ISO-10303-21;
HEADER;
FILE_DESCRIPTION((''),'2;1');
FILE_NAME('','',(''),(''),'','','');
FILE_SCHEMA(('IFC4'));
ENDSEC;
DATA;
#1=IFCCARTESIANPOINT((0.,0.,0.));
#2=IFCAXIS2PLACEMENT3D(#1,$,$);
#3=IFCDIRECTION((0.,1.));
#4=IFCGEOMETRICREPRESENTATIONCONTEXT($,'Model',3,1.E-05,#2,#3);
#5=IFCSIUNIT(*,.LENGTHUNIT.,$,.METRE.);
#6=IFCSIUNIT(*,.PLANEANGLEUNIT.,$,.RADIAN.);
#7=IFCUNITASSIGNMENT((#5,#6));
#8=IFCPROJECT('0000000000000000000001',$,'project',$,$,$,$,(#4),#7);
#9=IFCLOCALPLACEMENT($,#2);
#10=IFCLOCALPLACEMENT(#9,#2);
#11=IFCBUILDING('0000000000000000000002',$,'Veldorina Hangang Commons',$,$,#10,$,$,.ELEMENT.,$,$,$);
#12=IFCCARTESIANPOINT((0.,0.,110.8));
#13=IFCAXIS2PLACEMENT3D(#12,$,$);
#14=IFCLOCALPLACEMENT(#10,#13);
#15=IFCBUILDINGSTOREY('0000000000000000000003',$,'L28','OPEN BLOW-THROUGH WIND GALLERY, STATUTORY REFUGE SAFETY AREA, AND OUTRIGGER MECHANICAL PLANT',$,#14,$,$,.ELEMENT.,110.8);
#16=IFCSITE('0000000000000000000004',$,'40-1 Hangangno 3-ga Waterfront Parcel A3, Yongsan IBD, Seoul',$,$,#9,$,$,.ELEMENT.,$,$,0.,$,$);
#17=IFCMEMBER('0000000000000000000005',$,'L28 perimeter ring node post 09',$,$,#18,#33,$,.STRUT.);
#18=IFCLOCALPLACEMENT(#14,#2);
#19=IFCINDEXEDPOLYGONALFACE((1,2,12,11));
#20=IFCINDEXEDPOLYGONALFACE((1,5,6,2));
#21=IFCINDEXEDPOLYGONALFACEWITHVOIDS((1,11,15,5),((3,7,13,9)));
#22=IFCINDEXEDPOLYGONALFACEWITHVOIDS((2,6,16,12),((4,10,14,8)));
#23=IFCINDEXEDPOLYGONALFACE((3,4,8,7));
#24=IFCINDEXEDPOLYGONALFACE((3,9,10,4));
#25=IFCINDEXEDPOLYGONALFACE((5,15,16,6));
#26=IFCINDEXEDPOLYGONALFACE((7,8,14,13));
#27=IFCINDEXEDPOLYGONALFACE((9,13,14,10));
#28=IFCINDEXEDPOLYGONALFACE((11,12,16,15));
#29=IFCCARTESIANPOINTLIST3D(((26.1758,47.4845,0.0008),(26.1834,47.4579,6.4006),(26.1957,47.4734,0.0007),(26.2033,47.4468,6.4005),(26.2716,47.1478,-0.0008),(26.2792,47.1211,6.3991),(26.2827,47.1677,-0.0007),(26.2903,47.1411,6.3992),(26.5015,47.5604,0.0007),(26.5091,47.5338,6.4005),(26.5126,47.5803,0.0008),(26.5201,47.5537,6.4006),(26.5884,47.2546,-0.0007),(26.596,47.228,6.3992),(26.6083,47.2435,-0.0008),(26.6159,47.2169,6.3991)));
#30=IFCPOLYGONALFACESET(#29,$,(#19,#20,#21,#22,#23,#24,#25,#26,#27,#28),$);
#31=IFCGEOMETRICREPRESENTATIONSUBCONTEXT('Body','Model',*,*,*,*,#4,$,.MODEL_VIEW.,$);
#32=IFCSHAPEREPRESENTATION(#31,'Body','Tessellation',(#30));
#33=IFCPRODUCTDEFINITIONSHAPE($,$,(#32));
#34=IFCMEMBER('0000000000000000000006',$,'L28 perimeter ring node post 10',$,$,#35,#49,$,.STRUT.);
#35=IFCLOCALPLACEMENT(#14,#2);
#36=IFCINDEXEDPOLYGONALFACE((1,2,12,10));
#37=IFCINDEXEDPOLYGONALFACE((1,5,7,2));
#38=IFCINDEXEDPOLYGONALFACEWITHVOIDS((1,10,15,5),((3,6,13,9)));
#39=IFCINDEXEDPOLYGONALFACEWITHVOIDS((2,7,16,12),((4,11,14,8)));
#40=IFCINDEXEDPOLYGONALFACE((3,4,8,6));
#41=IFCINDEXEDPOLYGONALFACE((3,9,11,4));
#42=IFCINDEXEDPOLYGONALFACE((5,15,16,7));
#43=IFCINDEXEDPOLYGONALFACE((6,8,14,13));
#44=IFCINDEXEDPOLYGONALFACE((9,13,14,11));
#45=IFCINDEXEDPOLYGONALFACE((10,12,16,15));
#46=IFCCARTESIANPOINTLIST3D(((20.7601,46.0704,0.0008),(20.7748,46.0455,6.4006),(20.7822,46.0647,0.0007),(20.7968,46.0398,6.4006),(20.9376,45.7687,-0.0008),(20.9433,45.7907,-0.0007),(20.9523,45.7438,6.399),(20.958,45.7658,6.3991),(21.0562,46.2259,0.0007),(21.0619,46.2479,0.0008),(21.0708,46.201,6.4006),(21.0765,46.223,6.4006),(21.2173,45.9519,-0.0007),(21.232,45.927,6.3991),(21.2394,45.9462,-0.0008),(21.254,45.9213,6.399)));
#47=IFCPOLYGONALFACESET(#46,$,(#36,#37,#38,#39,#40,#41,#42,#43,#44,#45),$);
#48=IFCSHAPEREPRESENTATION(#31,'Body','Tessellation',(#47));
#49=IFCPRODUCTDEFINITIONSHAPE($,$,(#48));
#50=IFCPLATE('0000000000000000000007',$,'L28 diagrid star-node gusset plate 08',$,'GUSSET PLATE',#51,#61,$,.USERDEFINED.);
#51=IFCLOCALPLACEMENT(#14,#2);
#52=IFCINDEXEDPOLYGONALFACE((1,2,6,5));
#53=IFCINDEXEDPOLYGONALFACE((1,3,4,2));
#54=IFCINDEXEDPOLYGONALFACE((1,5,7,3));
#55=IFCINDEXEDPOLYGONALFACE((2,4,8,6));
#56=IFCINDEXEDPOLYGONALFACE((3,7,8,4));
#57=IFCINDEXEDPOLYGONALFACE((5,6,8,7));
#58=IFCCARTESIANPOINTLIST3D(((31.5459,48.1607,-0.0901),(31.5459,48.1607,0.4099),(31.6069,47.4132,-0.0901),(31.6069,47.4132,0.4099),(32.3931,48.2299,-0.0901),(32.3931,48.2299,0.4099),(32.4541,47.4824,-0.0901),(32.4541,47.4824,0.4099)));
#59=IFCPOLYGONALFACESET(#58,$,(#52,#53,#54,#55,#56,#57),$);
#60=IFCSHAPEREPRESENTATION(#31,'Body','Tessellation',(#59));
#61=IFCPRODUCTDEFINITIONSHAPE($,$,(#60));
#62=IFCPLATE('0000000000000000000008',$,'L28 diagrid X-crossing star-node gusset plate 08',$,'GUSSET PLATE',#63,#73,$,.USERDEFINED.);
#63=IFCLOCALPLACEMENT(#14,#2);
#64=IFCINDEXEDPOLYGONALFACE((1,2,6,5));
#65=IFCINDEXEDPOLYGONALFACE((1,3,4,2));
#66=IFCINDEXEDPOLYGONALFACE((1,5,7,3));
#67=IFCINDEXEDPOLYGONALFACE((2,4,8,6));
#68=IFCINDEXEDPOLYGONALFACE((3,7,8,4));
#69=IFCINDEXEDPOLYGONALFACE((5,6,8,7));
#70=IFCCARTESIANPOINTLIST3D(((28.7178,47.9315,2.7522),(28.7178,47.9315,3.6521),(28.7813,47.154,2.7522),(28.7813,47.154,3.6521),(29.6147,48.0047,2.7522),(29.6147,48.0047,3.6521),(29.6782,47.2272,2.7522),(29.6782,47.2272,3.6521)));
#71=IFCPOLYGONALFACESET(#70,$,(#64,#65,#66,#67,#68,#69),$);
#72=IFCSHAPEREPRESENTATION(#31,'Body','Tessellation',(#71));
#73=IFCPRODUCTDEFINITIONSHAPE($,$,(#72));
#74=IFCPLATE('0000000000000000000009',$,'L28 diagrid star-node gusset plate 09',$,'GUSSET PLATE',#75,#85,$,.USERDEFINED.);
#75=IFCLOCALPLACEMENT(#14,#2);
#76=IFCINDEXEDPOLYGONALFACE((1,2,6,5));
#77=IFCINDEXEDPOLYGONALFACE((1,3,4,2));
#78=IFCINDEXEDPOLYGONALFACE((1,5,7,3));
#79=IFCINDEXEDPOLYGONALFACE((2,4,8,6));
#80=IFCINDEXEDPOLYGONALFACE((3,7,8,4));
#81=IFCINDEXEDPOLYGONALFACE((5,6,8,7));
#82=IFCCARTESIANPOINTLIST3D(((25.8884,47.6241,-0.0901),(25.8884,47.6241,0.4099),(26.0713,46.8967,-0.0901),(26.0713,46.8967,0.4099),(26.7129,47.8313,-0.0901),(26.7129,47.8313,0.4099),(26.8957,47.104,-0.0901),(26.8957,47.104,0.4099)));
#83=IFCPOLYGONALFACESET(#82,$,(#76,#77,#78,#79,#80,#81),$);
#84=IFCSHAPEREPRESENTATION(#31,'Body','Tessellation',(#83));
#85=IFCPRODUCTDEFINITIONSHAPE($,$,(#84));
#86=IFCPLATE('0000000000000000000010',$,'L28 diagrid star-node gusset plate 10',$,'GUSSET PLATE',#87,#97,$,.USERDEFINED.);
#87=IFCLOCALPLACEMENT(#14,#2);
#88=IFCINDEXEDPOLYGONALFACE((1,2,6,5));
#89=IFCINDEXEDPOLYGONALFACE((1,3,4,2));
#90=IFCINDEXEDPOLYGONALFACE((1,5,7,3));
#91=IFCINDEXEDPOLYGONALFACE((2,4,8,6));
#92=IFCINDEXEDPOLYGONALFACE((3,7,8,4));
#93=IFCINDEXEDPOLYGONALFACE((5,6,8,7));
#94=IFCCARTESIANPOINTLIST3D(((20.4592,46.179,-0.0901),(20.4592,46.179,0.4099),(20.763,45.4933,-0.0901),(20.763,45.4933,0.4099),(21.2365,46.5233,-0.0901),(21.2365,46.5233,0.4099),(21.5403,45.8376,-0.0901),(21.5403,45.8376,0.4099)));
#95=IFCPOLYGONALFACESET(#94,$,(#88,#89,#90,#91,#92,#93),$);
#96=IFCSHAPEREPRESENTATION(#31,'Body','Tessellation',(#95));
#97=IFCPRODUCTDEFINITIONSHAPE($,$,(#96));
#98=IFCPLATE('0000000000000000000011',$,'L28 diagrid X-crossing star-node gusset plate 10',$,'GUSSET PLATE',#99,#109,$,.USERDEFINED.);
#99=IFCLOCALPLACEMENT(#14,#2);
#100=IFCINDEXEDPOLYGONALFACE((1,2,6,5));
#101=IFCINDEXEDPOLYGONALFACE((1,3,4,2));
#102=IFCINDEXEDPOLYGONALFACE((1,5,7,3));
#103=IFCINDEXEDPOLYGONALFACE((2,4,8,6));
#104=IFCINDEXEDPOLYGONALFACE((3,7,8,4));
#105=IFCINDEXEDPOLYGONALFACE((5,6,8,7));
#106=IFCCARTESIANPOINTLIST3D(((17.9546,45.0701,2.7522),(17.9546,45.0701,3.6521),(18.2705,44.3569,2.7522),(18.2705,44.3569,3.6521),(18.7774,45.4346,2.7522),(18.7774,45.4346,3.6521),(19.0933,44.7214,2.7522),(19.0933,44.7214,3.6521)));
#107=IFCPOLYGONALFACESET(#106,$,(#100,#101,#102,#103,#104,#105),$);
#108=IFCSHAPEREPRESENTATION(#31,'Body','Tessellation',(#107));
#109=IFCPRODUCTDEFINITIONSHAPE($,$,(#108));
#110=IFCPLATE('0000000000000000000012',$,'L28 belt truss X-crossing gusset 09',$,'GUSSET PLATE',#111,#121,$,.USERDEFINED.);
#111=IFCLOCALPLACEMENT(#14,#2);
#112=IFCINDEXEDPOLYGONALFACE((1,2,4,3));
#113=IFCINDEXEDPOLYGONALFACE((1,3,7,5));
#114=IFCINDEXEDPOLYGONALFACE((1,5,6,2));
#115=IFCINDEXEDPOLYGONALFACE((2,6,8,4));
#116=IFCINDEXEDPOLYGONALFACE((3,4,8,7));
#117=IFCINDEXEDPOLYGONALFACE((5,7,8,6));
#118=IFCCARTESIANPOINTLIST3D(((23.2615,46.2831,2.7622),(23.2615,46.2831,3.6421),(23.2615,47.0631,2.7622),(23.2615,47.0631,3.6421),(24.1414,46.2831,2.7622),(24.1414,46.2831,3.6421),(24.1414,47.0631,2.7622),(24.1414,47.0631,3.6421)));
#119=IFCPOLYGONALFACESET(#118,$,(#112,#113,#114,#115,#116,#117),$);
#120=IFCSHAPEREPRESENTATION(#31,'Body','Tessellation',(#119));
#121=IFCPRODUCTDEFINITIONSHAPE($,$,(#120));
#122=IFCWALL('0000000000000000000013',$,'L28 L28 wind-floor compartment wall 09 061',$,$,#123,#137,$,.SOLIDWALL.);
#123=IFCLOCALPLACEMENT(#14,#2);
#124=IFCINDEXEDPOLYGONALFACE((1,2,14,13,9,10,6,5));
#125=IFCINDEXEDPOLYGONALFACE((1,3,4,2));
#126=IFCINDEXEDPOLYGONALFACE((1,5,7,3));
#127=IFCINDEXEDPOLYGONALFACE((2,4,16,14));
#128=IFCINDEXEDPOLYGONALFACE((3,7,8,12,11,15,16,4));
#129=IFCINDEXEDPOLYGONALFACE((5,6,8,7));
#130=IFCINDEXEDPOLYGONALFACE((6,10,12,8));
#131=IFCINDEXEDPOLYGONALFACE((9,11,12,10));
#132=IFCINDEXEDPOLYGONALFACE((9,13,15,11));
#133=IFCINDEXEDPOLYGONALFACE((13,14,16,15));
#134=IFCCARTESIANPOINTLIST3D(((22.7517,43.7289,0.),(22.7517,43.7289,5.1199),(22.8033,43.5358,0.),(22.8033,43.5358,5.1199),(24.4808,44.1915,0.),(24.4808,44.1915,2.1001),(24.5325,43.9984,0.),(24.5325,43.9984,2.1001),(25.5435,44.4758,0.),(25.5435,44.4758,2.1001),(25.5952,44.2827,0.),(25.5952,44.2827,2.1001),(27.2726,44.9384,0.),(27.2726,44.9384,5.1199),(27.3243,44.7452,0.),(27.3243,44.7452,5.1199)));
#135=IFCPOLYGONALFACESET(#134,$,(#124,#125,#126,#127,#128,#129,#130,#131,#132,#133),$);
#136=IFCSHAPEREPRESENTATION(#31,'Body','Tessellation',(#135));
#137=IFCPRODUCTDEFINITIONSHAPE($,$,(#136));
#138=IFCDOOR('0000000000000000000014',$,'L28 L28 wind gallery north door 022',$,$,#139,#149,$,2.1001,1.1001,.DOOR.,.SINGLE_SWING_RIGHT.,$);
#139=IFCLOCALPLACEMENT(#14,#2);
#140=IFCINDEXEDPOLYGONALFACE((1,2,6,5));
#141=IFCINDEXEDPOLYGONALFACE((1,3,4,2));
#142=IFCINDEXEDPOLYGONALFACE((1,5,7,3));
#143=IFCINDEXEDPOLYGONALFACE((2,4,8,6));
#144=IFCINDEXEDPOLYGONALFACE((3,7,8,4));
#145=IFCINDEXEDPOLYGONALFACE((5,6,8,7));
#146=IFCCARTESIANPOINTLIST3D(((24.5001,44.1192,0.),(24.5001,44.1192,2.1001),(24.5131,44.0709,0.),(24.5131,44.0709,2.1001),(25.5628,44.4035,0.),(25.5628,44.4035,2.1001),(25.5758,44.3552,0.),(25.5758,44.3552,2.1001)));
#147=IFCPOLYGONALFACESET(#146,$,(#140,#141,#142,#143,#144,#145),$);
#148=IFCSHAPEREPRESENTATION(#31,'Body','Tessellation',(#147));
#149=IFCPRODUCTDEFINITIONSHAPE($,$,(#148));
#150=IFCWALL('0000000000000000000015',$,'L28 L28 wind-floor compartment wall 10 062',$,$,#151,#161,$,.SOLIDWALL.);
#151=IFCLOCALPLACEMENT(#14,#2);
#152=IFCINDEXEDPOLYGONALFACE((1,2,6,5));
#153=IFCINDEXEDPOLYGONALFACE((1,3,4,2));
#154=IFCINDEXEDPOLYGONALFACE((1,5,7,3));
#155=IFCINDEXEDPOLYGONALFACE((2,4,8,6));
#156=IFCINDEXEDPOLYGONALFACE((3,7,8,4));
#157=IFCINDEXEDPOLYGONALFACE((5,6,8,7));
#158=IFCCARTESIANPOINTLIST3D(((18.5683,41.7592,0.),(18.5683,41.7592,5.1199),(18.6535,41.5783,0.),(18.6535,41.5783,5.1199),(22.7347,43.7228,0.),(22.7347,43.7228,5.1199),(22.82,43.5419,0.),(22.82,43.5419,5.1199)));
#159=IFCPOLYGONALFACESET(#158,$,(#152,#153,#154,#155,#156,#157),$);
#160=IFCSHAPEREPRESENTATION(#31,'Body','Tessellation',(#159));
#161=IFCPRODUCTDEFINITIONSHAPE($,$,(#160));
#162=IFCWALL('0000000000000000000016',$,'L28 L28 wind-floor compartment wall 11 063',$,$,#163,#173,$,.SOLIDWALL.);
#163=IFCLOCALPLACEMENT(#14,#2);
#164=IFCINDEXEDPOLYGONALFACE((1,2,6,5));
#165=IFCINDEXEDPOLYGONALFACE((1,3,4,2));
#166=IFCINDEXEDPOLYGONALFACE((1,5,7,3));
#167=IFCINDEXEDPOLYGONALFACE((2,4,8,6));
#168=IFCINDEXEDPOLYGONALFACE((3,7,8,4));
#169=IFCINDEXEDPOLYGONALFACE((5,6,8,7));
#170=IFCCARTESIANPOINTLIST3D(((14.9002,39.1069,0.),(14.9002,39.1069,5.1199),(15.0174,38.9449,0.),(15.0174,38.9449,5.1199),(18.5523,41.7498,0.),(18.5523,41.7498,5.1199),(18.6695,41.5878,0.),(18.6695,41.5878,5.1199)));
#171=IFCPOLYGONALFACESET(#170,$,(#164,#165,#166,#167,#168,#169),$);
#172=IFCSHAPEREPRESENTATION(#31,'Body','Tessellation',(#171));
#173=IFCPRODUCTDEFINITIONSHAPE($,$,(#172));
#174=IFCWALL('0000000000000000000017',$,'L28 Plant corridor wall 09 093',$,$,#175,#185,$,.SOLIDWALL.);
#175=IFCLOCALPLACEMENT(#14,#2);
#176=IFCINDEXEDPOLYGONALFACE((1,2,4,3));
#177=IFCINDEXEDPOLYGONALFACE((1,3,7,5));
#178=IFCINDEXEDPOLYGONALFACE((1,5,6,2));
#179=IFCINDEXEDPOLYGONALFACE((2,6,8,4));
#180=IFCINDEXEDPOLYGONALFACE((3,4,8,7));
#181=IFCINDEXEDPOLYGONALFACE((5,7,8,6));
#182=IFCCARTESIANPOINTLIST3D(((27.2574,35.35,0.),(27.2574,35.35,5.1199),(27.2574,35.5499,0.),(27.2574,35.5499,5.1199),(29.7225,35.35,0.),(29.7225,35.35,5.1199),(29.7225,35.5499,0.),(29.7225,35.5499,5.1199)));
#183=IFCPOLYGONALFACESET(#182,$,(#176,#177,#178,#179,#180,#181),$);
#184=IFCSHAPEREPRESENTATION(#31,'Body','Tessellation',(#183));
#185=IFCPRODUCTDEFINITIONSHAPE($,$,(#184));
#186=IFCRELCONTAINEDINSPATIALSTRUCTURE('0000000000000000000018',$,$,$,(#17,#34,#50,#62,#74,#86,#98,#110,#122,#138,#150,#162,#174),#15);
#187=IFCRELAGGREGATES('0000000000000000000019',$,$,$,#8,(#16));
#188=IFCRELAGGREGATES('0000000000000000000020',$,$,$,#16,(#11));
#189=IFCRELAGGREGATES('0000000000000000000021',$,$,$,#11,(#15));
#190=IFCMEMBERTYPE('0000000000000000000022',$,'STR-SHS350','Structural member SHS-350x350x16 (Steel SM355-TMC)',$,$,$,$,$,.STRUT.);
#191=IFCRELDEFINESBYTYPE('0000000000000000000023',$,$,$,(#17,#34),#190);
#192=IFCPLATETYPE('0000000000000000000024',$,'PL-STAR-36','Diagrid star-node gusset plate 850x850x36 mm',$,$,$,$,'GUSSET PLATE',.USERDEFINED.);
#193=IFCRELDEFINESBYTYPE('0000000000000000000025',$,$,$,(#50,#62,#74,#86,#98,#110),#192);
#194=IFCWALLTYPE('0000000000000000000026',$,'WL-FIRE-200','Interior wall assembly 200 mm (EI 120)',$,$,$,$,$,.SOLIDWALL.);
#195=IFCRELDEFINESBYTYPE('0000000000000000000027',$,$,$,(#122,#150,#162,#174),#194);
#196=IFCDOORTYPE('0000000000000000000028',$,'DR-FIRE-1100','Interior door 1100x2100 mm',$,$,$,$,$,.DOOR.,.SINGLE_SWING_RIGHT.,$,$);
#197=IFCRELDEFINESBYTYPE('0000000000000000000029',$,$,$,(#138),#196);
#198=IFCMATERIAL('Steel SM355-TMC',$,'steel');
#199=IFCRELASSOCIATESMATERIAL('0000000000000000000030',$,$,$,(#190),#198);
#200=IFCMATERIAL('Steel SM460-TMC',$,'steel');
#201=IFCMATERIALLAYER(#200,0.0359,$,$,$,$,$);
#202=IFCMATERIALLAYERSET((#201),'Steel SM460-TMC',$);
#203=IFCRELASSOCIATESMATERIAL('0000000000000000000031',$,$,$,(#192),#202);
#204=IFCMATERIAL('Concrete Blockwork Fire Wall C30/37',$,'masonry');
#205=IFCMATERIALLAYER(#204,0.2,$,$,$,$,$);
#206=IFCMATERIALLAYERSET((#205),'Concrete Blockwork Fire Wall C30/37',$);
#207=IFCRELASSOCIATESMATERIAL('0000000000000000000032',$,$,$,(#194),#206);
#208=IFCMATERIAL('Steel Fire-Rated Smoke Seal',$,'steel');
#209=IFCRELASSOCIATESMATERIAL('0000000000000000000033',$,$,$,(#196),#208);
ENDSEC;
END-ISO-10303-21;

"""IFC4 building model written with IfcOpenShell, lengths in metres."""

from ifc_helpers import new_model, si_unit, direction, frame, frame_2d, origin, origin_2d, place, context, subcontext, project, spatial, rectangle, hollow_rectangle, extrude, material, layer, layer_set, material_profile, profile_set, type_object, element, fill, save


model = new_model("IFC4")

# Units and contexts
model_context = context("Model", 3, precision=1e-05, world=origin(), true_north=direction((0.0, 1.0)))
body_context = subcontext(model_context, "Body", "Model", "MODEL_VIEW")
ifc_project = project(units=[si_unit("LENGTHUNIT", "METRE"), si_unit("PLANEANGLEUNIT", "RADIAN")], contexts=[model_context])

# Site, building, storey
site_placement = place(None, origin())
site = spatial("IfcSite", under=ifc_project, at=site_placement, Name="40-1 Hangangno 3-ga Waterfront Parcel A3, Yongsan IBD, Seoul", CompositionType="ELEMENT", RefElevation=0.0)
building_placement = place(site_placement, origin())
building = spatial("IfcBuilding", under=site, at=building_placement, Name="Veldorina Hangang Commons", CompositionType="ELEMENT")
storey_placement = place(building_placement, frame((0.0, 0.0, 110.8)))
storey = spatial("IfcBuildingStorey", under=building, at=storey_placement, Name="L28", Description="OPEN BLOW-THROUGH WIND GALLERY, STATUTORY REFUGE SAFETY AREA, AND OUTRIGGER MECHANICAL PLANT", CompositionType="ELEMENT", Elevation=110.8)

# Shared definitions
ifc_material_1 = material(Name="Steel SM460-TMC", Category="steel")

# Members
ifc_material_2 = material(Name="Steel SM355-TMC", Category="steel")
ifc_material_profile_1 = material_profile(ifc_material_2, hollow_rectangle(XDim=0.3501, YDim=0.3501, WallThickness=0.0161, at=origin_2d()), Name="SHS-350x350x16")
ifc_profile_set_1 = profile_set([ifc_material_profile_1], Name="Steel SM355-TMC")
member_type_1 = type_object("IfcMemberType", Name="STR-SHS350", Description="Structural member SHS-350x350x16 (Steel SM355-TMC)", PredefinedType="STRUT", material=ifc_profile_set_1)
for number, where, z_axis, x_axis, name in (
    (1, (26.3921, 47.364, 0.0), (0.001183, -0.004158, 0.999991), (0.961856, 0.273555, 0.0), "L28 perimeter ring node post 09"),
    (2, (20.9998, 46.0083, 0.0), (0.002289, -0.003891, 0.99999), (0.861934, 0.50702, 0.0), "L28 perimeter ring node post 10"),
):
    element("IfcMember", number, at=place(storey_placement, frame(where, z_axis=z_axis, x_axis=x_axis)), inside=storey, type_object=member_type_1, Name=name, PredefinedType="STRUT", context=body_context, shape_type="SweptSolid", body=[
        extrude(hollow_rectangle(XDim=0.3501, YDim=0.3501, WallThickness=0.0161, at=origin_2d()), origin(), (0.0, 0.0, 1.0), 6.3999),
    ])

# Plates
ifc_layer_1 = layer(ifc_material_1, 0.0359)
ifc_layer_set_1 = layer_set([ifc_layer_1], Name="Steel SM460-TMC")
plate_type = type_object("IfcPlateType", Name="PL-STAR-36", Description="Diagrid star-node gusset plate 850x850x36 mm", ElementType="GUSSET PLATE", PredefinedType="USERDEFINED", material=ifc_layer_set_1)
plate_1_placement = place(storey_placement, frame((32.0, 47.8215, -0.0901), z_axis=(0.0, 0.0, 1.0), x_axis=(-0.996686, -0.081347, 0.0)))
element("IfcPlate", 3, at=plate_1_placement, inside=storey, type_object=plate_type, Name="L28 diagrid star-node gusset plate 08", ObjectType="GUSSET PLATE", PredefinedType="USERDEFINED", context=body_context, shape_type="SweptSolid", body=[
    extrude(rectangle(XDim=0.8501, YDim=0.75, at=origin_2d()), origin(), (0.0, 0.0, 1.0), 0.5),
])
plate_2_placement = place(storey_placement, frame((29.198, 47.5793, 2.7522), z_axis=(0.0, 0.0, 1.0), x_axis=(-0.996686, -0.081347, 0.0)))
element("IfcPlate", 4, at=plate_2_placement, inside=storey, type_object=plate_type, Name="L28 diagrid X-crossing star-node gusset plate 08", ObjectType="GUSSET PLATE", PredefinedType="USERDEFINED", context=body_context, shape_type="SweptSolid", body=[
    extrude(rectangle(XDim=0.8999, YDim=0.78, at=origin_2d()), origin(), (0.0, 0.0, 1.0), 0.8999),
])
for number, where, z_axis, x_axis, name in (
    (5, (26.3921, 47.364, -0.0901), (0.0, 0.0, 1.0), (-0.969825, -0.243801, 0.0), "L28 diagrid star-node gusset plate 09"),
    (6, (20.9998, 46.0083, -0.0901), (0.0, 0.0, 1.0), (-0.914311, -0.405014, 0.0), "L28 diagrid star-node gusset plate 10"),
):
    element("IfcPlate", number, at=place(storey_placement, frame(where, z_axis=z_axis, x_axis=x_axis)), inside=storey, type_object=plate_type, Name=name, ObjectType="GUSSET PLATE", PredefinedType="USERDEFINED", context=body_context, shape_type="SweptSolid", body=[
        extrude(rectangle(XDim=0.8501, YDim=0.75, at=origin_2d()), origin(), (0.0, 0.0, 1.0), 0.5),
    ])
plate_3_placement = place(storey_placement, frame((18.5239, 44.8958, 2.7522), z_axis=(0.0, 0.0, 1.0), x_axis=(-0.914311, -0.405014, 0.0)))
element("IfcPlate", 7, at=plate_3_placement, inside=storey, type_object=plate_type, Name="L28 diagrid X-crossing star-node gusset plate 10", ObjectType="GUSSET PLATE", PredefinedType="USERDEFINED", context=body_context, shape_type="SweptSolid", body=[
    extrude(rectangle(XDim=0.8999, YDim=0.78, at=origin_2d()), origin(), (0.0, 0.0, 1.0), 0.8999),
])
plate_4_placement = place(storey_placement, frame((23.7014, 46.6731, 2.7622), z_axis=(0.0, 0.0, 1.0), x_axis=(1.0, 0.0, 0.0)))
element("IfcPlate", 8, at=plate_4_placement, inside=storey, type_object=plate_type, Name="L28 belt truss X-crossing gusset 09", ObjectType="GUSSET PLATE", PredefinedType="USERDEFINED", context=body_context, shape_type="SweptSolid", body=[
    extrude(rectangle(XDim=0.8799, YDim=0.78, at=origin_2d()), origin(), (0.0, 0.0, 1.0), 0.8799),
])

# Wall, opening, door
ifc_material_3 = material(Name="Concrete Blockwork Fire Wall C30/37", Category="masonry")
ifc_layer_2 = layer(ifc_material_3, 0.2)
ifc_layer_set_2 = layer_set([ifc_layer_2], Name="Concrete Blockwork Fire Wall C30/37")
wall_type = type_object("IfcWallType", Name="WL-FIRE-200", Description="Interior wall assembly 200 mm (EI 120)", PredefinedType="SOLIDWALL", material=ifc_layer_set_2)
wall_1_placement = place(storey_placement, frame((27.2983, 44.8418, 0.0), z_axis=(0.0, 0.0, 1.0), x_axis=(-0.966029, -0.258435, 0.0)))
wall_1 = element("IfcWall", 9, at=wall_1_placement, inside=storey, type_object=wall_type, Name="L28 L28 wind-floor compartment wall 09 061", PredefinedType="SOLIDWALL", context=body_context, shape_type="SweptSolid", body=[
    extrude(rectangle(XDim=4.6799, YDim=0.2, at=frame_2d((2.3398, 0.0))), origin(), (0.0, 0.0, 1.0), 5.1199),
])
opening_1_placement = place(wall_1_placement, frame((1.7898, 0.0, 0.0)))
opening_1 = element("IfcOpeningElement", 10, at=opening_1_placement, cuts=wall_1, PredefinedType="OPENING", context=body_context, shape_type="SweptSolid", body=[
    extrude(rectangle(XDim=1.1001, YDim=2.1001, at=frame_2d((0.55, 1.05))), frame((0.0, 0.1099, 0.0), z_axis=(0.0, -1.0, 0.0), x_axis=(1.0, 0.0, 0.0)), (0.0, 0.0, 1.0), 0.22),
])
ifc_material_4 = material(Name="Steel Fire-Rated Smoke Seal", Category="steel")
door_type_1 = type_object("IfcDoorType", Name="DR-FIRE-1100", Description="Interior door 1100x2100 mm", OperationType="SINGLE_SWING_RIGHT", PredefinedType="DOOR", material=ifc_material_4)
door_1_placement = place(opening_1_placement, origin())
door_1 = element("IfcDoor", 11, at=door_1_placement, inside=storey, type_object=door_type_1, Name="L28 L28 wind gallery north door 022", OperationType="SINGLE_SWING_RIGHT", OverallHeight=2.1001, OverallWidth=1.1001, PredefinedType="DOOR", context=body_context, shape_type="SweptSolid", body=[
    extrude(rectangle(XDim=1.1001, YDim=2.1001, at=frame_2d((0.55, 1.05))), frame((0.0, 0.0249, 0.0), z_axis=(0.0, -1.0, 0.0), x_axis=(1.0, 0.0, 0.0)), (0.0, 0.0, 1.0), 0.05),
])
fill(opening_1, door_1)

# Walls
wall_2_placement = place(storey_placement, frame((22.7773, 43.6323, 0.0), z_axis=(0.0, 0.0, 1.0), x_axis=(-0.904575, -0.426315, 0.0)))
element("IfcWall", 12, at=wall_2_placement, inside=storey, type_object=wall_type, Name="L28 L28 wind-floor compartment wall 10 062", PredefinedType="SOLIDWALL", context=body_context, shape_type="SweptSolid", body=[
    extrude(rectangle(XDim=4.606, YDim=0.2, at=frame_2d((2.303, 0.0))), origin(), (0.0, 0.0, 1.0), 5.1199),
])
wall_3_placement = place(storey_placement, frame((18.6108, 41.6687, 0.0), z_axis=(0.0, 0.0, 1.0), x_axis=(-0.810132, -0.586248, 0.0)))
element("IfcWall", 13, at=wall_3_placement, inside=storey, type_object=wall_type, Name="L28 L28 wind-floor compartment wall 11 063", PredefinedType="SOLIDWALL", context=body_context, shape_type="SweptSolid", body=[
    extrude(rectangle(XDim=4.5081, YDim=0.2, at=frame_2d((2.2539, 0.0))), origin(), (0.0, 0.0, 1.0), 5.1199),
])
wall_4_placement = place(storey_placement, frame((29.7224, 35.45, 0.0), z_axis=(0.0, 0.0, 1.0), x_axis=(-1.0, 0.0, 0.0)))
element("IfcWall", 14, at=wall_4_placement, inside=storey, type_object=wall_type, Name="L28 Plant corridor wall 09 093", PredefinedType="SOLIDWALL", context=body_context, shape_type="SweptSolid", body=[
    extrude(rectangle(XDim=2.4651, YDim=0.2, at=frame_2d((1.2324, 0.0))), origin(), (0.0, 0.0, 1.0), 5.1199),
])

save(model, "model.ifc")
